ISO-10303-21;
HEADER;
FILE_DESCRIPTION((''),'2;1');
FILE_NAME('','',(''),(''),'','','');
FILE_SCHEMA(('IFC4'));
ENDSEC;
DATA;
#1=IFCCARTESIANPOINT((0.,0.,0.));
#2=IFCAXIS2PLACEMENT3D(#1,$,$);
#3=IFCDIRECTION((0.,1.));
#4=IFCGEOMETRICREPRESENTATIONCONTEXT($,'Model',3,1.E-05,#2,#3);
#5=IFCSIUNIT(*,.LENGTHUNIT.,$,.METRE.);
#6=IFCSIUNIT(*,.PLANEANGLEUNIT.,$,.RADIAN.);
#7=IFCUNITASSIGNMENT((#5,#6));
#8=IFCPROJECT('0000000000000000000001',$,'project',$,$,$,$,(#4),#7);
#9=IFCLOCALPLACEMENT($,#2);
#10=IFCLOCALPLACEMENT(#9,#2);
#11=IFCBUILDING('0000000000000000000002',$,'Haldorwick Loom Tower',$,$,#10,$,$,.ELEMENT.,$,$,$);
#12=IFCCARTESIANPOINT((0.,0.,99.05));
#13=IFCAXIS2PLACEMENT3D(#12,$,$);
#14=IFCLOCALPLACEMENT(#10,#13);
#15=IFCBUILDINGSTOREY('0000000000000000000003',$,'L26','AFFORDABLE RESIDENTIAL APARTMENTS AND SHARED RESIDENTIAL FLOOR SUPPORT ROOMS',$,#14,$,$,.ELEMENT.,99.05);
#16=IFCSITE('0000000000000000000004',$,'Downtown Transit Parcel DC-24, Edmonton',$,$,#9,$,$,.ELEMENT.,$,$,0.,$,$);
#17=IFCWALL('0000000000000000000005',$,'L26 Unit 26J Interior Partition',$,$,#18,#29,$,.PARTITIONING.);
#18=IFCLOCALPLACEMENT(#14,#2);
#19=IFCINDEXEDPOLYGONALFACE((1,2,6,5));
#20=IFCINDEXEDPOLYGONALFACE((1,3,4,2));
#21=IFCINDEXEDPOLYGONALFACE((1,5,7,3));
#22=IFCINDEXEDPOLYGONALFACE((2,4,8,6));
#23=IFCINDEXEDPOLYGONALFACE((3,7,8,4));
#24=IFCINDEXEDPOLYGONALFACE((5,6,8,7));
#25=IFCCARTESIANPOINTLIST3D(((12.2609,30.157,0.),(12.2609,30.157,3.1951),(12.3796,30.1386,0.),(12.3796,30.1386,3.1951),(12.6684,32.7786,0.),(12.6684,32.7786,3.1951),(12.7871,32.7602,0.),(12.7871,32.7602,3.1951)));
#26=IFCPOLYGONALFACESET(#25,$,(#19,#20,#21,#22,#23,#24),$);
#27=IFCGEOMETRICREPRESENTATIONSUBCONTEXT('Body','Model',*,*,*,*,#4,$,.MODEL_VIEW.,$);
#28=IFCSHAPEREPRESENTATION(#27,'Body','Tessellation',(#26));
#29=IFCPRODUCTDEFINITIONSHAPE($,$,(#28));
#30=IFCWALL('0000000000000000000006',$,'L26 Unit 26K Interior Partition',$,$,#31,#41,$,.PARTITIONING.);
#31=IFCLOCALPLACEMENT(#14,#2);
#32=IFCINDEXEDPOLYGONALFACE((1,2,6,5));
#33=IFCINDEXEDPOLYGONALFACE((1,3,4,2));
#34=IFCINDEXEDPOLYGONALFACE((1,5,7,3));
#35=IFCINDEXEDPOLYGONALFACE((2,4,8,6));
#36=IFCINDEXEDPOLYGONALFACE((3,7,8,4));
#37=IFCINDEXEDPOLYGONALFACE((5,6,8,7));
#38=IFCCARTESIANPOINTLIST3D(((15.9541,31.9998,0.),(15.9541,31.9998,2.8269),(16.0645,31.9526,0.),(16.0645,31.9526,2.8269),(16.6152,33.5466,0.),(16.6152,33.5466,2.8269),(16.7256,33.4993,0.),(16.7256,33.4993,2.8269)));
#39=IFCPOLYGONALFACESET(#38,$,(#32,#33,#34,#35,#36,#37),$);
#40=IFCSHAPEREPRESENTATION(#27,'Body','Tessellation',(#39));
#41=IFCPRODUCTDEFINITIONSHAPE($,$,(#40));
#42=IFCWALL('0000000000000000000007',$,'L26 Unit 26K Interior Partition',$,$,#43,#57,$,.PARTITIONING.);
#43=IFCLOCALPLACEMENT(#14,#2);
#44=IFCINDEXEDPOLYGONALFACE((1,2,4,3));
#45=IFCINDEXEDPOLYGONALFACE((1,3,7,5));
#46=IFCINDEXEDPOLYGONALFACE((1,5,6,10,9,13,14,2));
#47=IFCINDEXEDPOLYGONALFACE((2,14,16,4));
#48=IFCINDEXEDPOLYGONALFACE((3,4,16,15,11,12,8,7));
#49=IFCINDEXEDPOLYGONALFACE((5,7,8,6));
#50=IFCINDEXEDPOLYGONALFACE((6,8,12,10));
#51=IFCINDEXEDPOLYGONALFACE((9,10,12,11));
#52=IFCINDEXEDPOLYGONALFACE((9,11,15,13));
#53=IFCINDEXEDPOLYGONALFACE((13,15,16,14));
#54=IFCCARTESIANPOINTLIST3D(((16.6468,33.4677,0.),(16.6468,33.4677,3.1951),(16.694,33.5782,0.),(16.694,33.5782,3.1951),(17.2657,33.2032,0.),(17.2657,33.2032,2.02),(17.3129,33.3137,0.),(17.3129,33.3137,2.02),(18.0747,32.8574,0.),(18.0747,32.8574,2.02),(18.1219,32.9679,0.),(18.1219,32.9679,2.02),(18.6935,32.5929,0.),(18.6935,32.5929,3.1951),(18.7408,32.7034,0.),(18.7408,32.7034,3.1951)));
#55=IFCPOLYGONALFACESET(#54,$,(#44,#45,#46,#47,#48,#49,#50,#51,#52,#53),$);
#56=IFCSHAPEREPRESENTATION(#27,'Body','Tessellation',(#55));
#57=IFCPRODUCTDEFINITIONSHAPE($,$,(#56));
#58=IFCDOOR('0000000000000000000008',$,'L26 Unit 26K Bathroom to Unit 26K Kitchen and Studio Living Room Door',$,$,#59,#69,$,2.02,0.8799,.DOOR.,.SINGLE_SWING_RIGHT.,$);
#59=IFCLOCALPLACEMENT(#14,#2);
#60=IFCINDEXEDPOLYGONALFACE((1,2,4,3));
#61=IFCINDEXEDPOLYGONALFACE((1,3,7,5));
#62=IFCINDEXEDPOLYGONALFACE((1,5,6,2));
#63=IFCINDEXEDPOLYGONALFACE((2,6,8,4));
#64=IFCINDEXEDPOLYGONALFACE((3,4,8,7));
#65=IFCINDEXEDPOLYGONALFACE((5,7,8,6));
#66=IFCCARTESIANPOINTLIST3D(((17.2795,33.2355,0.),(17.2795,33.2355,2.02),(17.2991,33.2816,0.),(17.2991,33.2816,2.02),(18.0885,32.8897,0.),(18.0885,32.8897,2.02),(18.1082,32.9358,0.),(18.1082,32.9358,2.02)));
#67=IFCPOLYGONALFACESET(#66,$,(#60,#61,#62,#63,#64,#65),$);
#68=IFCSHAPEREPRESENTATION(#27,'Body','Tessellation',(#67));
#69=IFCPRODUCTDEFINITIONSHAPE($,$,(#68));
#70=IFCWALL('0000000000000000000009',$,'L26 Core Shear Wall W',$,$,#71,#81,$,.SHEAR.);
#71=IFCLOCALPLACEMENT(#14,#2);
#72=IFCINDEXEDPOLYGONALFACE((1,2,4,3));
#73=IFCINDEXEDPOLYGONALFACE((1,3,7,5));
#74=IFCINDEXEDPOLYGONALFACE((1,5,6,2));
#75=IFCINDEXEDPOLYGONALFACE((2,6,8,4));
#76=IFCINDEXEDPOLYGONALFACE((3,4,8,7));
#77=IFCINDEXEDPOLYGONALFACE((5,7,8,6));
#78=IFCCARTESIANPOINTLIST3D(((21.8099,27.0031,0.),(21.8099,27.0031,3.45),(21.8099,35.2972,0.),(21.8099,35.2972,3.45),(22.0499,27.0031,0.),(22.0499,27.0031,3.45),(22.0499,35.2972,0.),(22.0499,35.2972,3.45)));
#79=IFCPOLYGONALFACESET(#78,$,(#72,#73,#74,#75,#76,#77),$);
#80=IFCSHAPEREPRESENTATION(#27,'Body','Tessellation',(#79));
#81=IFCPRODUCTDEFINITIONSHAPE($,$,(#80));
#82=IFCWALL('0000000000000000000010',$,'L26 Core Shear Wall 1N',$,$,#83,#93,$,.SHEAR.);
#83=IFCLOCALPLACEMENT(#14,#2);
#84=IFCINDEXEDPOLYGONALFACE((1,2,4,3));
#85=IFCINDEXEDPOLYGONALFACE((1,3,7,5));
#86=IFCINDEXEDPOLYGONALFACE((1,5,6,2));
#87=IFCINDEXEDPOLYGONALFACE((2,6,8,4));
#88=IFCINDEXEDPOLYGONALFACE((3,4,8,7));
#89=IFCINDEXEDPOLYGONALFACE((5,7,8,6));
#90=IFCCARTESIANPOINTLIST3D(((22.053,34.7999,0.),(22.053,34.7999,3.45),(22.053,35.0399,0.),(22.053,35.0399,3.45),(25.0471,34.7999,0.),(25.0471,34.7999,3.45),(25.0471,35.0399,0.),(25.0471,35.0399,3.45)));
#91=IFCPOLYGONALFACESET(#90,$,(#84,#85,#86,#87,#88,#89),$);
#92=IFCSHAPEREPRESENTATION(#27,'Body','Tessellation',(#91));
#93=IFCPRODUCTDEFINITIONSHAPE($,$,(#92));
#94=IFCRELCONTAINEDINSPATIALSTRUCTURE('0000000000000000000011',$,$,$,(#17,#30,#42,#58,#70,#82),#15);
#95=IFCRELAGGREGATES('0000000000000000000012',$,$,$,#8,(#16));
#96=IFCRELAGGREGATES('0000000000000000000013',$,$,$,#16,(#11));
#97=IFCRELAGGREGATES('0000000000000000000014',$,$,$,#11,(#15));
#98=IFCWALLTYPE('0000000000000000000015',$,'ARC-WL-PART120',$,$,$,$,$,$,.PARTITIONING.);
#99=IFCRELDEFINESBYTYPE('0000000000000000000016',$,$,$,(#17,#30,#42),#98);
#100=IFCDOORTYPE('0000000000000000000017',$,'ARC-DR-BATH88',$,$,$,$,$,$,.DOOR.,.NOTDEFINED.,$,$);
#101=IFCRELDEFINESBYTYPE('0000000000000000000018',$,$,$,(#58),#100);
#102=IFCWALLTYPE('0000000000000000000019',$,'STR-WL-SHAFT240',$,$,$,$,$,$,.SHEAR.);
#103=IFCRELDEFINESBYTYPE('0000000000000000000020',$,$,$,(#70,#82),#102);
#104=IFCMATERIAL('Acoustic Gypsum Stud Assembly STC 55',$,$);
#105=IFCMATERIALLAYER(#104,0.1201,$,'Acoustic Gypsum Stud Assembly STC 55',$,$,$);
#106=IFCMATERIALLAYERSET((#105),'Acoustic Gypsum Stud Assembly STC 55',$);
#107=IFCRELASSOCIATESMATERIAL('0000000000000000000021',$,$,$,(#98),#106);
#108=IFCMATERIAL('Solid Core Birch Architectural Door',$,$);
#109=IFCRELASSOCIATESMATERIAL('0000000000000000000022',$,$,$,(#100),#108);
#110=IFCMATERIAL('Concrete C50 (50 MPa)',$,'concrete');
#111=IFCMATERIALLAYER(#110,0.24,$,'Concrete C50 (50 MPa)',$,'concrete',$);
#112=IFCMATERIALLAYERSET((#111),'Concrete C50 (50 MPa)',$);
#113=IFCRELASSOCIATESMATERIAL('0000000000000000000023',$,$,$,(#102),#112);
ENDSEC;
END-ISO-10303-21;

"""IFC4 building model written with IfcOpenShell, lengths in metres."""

from ifc_helpers import new_model, si_unit, direction, frame, frame_2d, origin, place, context, subcontext, project, spatial, rectangle, extrude, material, layer, layer_set, type_object, element, fill, save


model = new_model("IFC4")

# Units and contexts
model_context = context("Model", 3, precision=1e-05, world=origin(), true_north=direction((0.0, 1.0)))
body_context = subcontext(model_context, "Body", "Model", "MODEL_VIEW")
ifc_project = project(units=[si_unit("LENGTHUNIT", "METRE"), si_unit("PLANEANGLEUNIT", "RADIAN")], contexts=[model_context])

# Site, building, storey
site_placement = place(None, origin())
site = spatial("IfcSite", under=ifc_project, at=site_placement, Name="Downtown Transit Parcel DC-24, Edmonton", CompositionType="ELEMENT", RefElevation=0.0)
building_placement = place(site_placement, origin())
building = spatial("IfcBuilding", under=site, at=building_placement, Name="Haldorwick Loom Tower", CompositionType="ELEMENT")
storey_placement = place(building_placement, frame((0.0, 0.0, 99.05)))
storey = spatial("IfcBuildingStorey", under=building, at=storey_placement, Name="L26", Description="AFFORDABLE RESIDENTIAL APARTMENTS AND SHARED RESIDENTIAL FLOOR SUPPORT ROOMS", CompositionType="ELEMENT", Elevation=99.05)

# Walls
ifc_material_1 = material(Name="Acoustic Gypsum Stud Assembly STC 55")
ifc_layer_1 = layer(ifc_material_1, 0.1201, Name="Acoustic Gypsum Stud Assembly STC 55")
ifc_layer_set_1 = layer_set([ifc_layer_1], Name="Acoustic Gypsum Stud Assembly STC 55")
wall_type_1 = type_object("IfcWallType", Name="ARC-WL-PART120", PredefinedType="PARTITIONING", material=ifc_layer_set_1)
wall_1_placement = place(storey_placement, frame((12.7278, 32.7695, 0.0), z_axis=(0.0, 0.0, 1.0), x_axis=(-0.153585, -0.988135, 0.0)))
element("IfcWall", 1, at=wall_1_placement, inside=storey, type_object=wall_type_1, Name="L26 Unit 26J Interior Partition", PredefinedType="PARTITIONING", context=body_context, shape_type="SweptSolid", body=[
    extrude(rectangle(XDim=2.6531, YDim=0.1201, at=frame_2d((1.3267, 0.0))), origin(), (0.0, 0.0, 1.0), 3.1951),
])
wall_2_placement = place(storey_placement, frame((16.6704, 33.5229, 0.0), z_axis=(0.0, 0.0, 1.0), x_axis=(-0.393008, -0.919535, 0.0)))
element("IfcWall", 2, at=wall_2_placement, inside=storey, type_object=wall_type_1, Name="L26 Unit 26K Interior Partition", PredefinedType="PARTITIONING", context=body_context, shape_type="SweptSolid", body=[
    extrude(rectangle(XDim=1.6821, YDim=0.1201, at=frame_2d((0.8411, 0.0))), origin(), (0.0, 0.0, 1.0), 2.8269),
])

# Wall, opening, door
wall_3_placement = place(storey_placement, frame((18.717, 32.6482, 0.0), z_axis=(0.0, 0.0, 1.0), x_axis=(-0.91953, 0.393019, 0.0)))
wall_3 = element("IfcWall", 3, at=wall_3_placement, inside=storey, type_object=wall_type_1, Name="L26 Unit 26K Interior Partition", PredefinedType="PARTITIONING", context=body_context, shape_type="SweptSolid", body=[
    extrude(rectangle(XDim=2.2258, YDim=0.1201, at=frame_2d((1.1128, 0.0))), origin(), (0.0, 0.0, 1.0), 3.1951),
])
opening_1_placement = place(wall_3_placement, frame((0.6729, 0.0, 0.0)))
opening_1 = element("IfcOpeningElement", 4, at=opening_1_placement, cuts=wall_3, PredefinedType="OPENING", context=body_context, shape_type="SweptSolid", body=[
    extrude(rectangle(XDim=0.8799, YDim=2.02, at=frame_2d((0.4399, 1.01))), frame((0.0, 0.0701, 0.0), z_axis=(0.0, -1.0, 0.0), x_axis=(1.0, 0.0, 0.0)), (0.0, 0.0, 1.0), 0.1401),
])
ifc_material_2 = material(Name="Solid Core Birch Architectural Door")
door_type_1 = type_object("IfcDoorType", Name="ARC-DR-BATH88", OperationType="NOTDEFINED", PredefinedType="DOOR", material=ifc_material_2)
door_1_placement = place(opening_1_placement, origin())
door_1 = element("IfcDoor", 5, at=door_1_placement, inside=storey, type_object=door_type_1, Name="L26 Unit 26K Bathroom to Unit 26K Kitchen and Studio Living Room Door", OperationType="SINGLE_SWING_RIGHT", OverallHeight=2.02, OverallWidth=0.8799, PredefinedType="DOOR", context=body_context, shape_type="SweptSolid", body=[
    extrude(rectangle(XDim=0.8799, YDim=2.02, at=frame_2d((0.4399, 1.01))), frame((0.0, 0.0249, 0.0), z_axis=(0.0, -1.0, 0.0), x_axis=(1.0, 0.0, 0.0)), (0.0, 0.0, 1.0), 0.05),
])
fill(opening_1, door_1)

# Walls
ifc_material_3 = material(Name="Concrete C50 (50 MPa)", Category="concrete")
ifc_layer_2 = layer(ifc_material_3, 0.24, Name="Concrete C50 (50 MPa)", Category="concrete")
ifc_layer_set_2 = layer_set([ifc_layer_2], Name="Concrete C50 (50 MPa)")
wall_type_2 = type_object("IfcWallType", Name="STR-WL-SHAFT240", PredefinedType="SHEAR", material=ifc_layer_set_2)
wall_4_placement = place(storey_placement, frame((21.9299, 35.2971, 0.0), z_axis=(0.0, 0.0, 1.0), x_axis=(0.0, -1.0, 0.0)))
element("IfcWall", 6, at=wall_4_placement, inside=storey, type_object=wall_type_2, Name="L26 Core Shear Wall W", PredefinedType="SHEAR", context=body_context, shape_type="SweptSolid", body=[
    extrude(rectangle(XDim=8.2942, YDim=0.24, at=frame_2d((4.147, 0.0))), origin(), (0.0, 0.0, 1.0), 3.45),
])
wall_5_placement = place(storey_placement, frame((22.053, 34.9199, 0.0), z_axis=(0.0, 0.0, 1.0), x_axis=(1.0, 0.0, 0.0)))
element("IfcWall", 7, at=wall_5_placement, inside=storey, type_object=wall_type_2, Name="L26 Core Shear Wall 1N", PredefinedType="SHEAR", context=body_context, shape_type="SweptSolid", body=[
    extrude(rectangle(XDim=2.9941, YDim=0.24, at=frame_2d((1.4971, 0.0))), origin(), (0.0, 0.0, 1.0), 3.45),
])

save(model, "model.ifc")
